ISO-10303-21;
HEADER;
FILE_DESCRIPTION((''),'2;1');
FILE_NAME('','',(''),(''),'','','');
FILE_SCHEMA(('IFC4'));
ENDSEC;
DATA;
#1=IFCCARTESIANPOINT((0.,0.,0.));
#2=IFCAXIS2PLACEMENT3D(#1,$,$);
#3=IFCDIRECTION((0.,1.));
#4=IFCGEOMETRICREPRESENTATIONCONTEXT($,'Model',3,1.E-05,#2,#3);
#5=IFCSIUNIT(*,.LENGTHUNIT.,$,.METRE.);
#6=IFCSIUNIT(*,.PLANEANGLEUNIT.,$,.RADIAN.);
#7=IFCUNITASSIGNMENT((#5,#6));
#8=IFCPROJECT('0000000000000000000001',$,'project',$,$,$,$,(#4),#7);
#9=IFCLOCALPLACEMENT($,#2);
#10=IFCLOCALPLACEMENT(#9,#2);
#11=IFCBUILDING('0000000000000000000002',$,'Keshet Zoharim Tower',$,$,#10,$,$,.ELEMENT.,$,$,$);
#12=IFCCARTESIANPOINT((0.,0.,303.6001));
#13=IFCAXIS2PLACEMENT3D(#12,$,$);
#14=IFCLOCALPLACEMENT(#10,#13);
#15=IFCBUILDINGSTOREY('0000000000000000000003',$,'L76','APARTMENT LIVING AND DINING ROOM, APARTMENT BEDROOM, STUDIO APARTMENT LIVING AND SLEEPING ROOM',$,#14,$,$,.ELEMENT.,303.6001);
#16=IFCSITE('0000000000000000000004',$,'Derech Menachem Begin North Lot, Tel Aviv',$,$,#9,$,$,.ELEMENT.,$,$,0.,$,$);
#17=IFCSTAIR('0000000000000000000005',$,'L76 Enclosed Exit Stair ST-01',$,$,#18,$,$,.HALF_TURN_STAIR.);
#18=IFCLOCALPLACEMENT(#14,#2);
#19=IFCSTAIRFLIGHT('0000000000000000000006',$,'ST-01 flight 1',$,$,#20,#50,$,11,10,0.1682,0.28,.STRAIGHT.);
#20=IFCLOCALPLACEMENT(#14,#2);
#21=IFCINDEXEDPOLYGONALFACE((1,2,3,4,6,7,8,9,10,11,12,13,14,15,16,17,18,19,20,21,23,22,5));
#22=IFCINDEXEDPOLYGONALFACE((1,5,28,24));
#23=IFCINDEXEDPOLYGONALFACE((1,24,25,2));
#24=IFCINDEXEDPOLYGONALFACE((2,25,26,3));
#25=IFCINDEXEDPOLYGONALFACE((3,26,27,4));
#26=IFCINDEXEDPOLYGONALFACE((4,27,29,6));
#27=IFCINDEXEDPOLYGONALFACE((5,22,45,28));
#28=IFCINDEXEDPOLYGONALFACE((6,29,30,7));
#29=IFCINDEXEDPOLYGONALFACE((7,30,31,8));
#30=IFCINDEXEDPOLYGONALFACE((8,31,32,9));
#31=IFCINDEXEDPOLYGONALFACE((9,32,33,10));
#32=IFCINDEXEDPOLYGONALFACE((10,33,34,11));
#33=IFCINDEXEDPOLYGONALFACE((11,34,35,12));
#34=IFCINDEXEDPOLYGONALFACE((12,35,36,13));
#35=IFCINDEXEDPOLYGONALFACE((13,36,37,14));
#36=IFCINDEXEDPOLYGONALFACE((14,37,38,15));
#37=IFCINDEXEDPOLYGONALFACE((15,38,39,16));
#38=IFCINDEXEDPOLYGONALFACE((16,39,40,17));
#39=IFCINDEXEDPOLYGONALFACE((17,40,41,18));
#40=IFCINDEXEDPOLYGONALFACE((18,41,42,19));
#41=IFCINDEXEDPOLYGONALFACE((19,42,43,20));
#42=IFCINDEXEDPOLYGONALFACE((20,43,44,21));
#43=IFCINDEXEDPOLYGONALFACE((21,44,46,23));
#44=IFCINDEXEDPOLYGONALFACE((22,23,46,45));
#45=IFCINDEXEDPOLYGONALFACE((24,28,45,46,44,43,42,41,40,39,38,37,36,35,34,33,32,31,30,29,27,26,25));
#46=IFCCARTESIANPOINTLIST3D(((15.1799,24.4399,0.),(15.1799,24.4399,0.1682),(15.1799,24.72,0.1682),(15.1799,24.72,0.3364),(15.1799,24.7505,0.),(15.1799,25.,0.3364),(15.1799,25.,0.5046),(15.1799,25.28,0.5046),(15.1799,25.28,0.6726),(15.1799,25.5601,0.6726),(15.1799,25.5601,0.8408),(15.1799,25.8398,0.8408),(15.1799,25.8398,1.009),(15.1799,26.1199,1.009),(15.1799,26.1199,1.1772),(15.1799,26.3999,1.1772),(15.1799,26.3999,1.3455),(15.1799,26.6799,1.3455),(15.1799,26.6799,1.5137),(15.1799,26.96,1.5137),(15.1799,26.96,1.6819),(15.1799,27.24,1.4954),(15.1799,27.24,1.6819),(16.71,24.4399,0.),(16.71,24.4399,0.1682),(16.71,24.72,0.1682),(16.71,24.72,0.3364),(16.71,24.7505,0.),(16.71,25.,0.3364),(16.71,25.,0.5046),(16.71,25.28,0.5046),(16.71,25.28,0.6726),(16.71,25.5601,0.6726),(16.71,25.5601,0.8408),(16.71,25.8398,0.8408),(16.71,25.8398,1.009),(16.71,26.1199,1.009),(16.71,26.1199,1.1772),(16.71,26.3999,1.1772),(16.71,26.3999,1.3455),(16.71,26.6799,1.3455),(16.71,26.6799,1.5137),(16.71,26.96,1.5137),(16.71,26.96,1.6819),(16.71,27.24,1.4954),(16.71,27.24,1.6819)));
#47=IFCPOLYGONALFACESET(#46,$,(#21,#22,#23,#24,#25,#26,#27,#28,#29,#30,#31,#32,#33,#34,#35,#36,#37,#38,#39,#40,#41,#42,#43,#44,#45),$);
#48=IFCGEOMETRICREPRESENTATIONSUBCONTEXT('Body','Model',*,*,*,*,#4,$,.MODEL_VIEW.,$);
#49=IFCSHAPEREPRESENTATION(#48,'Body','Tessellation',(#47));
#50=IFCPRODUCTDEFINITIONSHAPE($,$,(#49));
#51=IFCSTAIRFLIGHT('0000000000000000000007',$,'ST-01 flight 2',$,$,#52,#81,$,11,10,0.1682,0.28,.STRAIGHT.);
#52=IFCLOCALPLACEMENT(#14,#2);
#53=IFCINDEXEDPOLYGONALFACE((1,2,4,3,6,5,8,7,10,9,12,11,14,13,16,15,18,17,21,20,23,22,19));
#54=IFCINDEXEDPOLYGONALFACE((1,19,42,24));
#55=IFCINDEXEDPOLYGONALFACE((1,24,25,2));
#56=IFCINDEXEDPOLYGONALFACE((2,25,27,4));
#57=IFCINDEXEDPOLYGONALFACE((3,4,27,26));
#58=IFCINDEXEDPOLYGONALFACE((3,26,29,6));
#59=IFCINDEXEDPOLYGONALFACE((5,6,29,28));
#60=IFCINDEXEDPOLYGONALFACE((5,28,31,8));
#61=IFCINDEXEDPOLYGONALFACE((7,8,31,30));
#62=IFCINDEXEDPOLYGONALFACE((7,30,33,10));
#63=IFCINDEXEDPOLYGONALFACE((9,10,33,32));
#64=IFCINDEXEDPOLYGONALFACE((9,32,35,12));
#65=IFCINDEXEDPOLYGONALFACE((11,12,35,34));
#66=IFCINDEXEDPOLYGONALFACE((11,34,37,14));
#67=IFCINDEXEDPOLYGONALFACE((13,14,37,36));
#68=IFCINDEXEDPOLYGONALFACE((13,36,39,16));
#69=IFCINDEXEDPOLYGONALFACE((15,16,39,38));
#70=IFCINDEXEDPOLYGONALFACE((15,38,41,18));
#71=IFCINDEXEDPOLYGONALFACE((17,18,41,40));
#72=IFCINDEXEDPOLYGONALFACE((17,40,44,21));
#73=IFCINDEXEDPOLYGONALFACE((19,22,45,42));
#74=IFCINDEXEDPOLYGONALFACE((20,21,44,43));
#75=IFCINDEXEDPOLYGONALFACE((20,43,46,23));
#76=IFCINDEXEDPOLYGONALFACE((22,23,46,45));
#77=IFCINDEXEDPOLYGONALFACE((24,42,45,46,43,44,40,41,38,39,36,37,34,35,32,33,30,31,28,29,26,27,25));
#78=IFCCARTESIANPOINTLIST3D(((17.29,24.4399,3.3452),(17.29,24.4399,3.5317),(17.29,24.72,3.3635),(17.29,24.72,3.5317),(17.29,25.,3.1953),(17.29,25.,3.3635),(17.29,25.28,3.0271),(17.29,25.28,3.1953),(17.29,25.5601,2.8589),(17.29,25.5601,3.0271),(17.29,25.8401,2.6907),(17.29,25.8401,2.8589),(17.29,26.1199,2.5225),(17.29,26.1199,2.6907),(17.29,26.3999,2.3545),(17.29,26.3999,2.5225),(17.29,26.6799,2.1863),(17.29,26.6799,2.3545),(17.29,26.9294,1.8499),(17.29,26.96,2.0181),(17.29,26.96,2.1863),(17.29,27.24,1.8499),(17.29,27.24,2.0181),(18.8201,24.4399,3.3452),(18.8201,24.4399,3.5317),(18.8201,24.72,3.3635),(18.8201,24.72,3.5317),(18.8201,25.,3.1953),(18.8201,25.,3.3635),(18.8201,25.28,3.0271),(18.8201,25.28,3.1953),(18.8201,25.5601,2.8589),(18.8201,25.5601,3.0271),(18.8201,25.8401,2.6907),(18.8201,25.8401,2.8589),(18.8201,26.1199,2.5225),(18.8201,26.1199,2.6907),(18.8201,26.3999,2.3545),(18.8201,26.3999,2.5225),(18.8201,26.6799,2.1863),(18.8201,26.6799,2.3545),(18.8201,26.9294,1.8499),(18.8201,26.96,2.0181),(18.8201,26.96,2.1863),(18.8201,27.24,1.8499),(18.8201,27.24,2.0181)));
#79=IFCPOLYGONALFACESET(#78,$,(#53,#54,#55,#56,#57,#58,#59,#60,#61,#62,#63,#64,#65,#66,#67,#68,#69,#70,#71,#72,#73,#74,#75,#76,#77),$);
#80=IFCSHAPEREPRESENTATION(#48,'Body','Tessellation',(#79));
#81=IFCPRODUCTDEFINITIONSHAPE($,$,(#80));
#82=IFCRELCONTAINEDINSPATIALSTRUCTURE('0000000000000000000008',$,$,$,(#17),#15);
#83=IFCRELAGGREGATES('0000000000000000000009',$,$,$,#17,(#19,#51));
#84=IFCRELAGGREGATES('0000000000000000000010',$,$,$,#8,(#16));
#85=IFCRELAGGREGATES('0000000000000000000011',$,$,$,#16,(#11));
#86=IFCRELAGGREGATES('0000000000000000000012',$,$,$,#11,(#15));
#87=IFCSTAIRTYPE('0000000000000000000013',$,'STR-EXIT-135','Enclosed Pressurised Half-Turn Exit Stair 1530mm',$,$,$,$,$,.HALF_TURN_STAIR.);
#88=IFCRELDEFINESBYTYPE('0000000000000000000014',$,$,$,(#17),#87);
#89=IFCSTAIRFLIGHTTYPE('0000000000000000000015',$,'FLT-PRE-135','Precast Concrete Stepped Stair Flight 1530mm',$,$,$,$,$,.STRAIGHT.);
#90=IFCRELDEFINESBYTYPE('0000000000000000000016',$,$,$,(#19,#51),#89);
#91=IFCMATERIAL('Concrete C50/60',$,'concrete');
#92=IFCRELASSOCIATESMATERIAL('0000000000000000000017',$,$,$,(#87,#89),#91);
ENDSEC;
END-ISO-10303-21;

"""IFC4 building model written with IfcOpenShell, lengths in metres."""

from ifc_helpers import new_model, si_unit, direction, frame, origin, place, context, subcontext, project, spatial, polyline, outline, extrude, material, type_object, element, aggregate, save


model = new_model("IFC4")

# Units and contexts
model_context = context("Model", 3, precision=1e-05, world=origin(), true_north=direction((0.0, 1.0)))
body_context = subcontext(model_context, "Body", "Model", "MODEL_VIEW")
ifc_project = project(units=[si_unit("LENGTHUNIT", "METRE"), si_unit("PLANEANGLEUNIT", "RADIAN")], contexts=[model_context])

# Site, building, storey
site_placement = place(None, origin())
site = spatial("IfcSite", under=ifc_project, at=site_placement, Name="Derech Menachem Begin North Lot, Tel Aviv", CompositionType="ELEMENT", RefElevation=0.0)
building_placement = place(site_placement, origin())
building = spatial("IfcBuilding", under=site, at=building_placement, Name="Keshet Zoharim Tower", CompositionType="ELEMENT")
storey_placement = place(building_placement, frame((0.0, 0.0, 303.6001)))
storey = spatial("IfcBuildingStorey", under=building, at=storey_placement, Name="L76", Description="APARTMENT LIVING AND DINING ROOM, APARTMENT BEDROOM, STUDIO APARTMENT LIVING AND SLEEPING ROOM", CompositionType="ELEMENT", Elevation=303.6001)

# Shared definitions
ifc_material_1 = material(Name="Concrete C50/60", Category="concrete")

# Stair, stair flights
stair_type = type_object("IfcStairType", Name="STR-EXIT-135", Description="Enclosed Pressurised Half-Turn Exit Stair 1530mm", PredefinedType="HALF_TURN_STAIR", material=ifc_material_1)
stair_placement = place(storey_placement, origin())
stair = element("IfcStair", 1, at=stair_placement, inside=storey, type_object=stair_type, Name="L76 Enclosed Exit Stair ST-01", PredefinedType="HALF_TURN_STAIR")
stair_flight_type = type_object("IfcStairFlightType", Name="FLT-PRE-135", Description="Precast Concrete Stepped Stair Flight 1530mm", PredefinedType="STRAIGHT", material=ifc_material_1)
stair_flight_1_placement = place(storey_placement, frame((15.9451, 24.4399, 0.0), z_axis=(0.0, 0.0, 1.0), x_axis=(0.0, 1.0, 0.0)))
stair_flight_1 = element("IfcStairFlight", 2, at=stair_flight_1_placement, type_object=stair_flight_type, Name="ST-01 flight 1", NumberOfRisers=11, NumberOfTreads=10, PredefinedType="STRAIGHT", RiserHeight=0.1682, TreadLength=0.28, context=body_context, shape_type="SweptSolid", body=[
    extrude(outline(polyline([(0.0, 0.0), (0.0, 0.1682), (0.28, 0.1682), (0.28, 0.3364), (0.5601, 0.3364), (0.5601, 0.5046), (0.8401, 0.5046), (0.8401, 0.6726), (1.1201, 0.6726), (1.1201, 0.8408), (1.3999, 0.8408), (1.3999, 1.009), (1.6799, 1.009), (1.6799, 1.1772), (1.96, 1.1772), (1.96, 1.3455), (2.24, 1.3455), (2.24, 1.5137), (2.52, 1.5137), (2.52, 1.6819), (2.8, 1.6819), (2.8, 1.8501), (2.8, 1.4954), (0.3105, 0.0), (0.0, 0.0)])), frame((0.0, 0.7651, 0.0), z_axis=(0.0, -1.0, 0.0), x_axis=(1.0, 0.0, 0.0)), (0.0, 0.0, 1.0), 1.53),
])
stair_flight_2_placement = place(storey_placement, frame((18.0549, 27.24, 1.8499), z_axis=(0.0, 0.0, 1.0), x_axis=(0.0, -1.0, 0.0)))
stair_flight_2 = element("IfcStairFlight", 3, at=stair_flight_2_placement, type_object=stair_flight_type, Name="ST-01 flight 2", NumberOfRisers=11, NumberOfTreads=10, PredefinedType="STRAIGHT", RiserHeight=0.1682, TreadLength=0.28, context=body_context, shape_type="SweptSolid", body=[
    extrude(outline(polyline([(0.0, 0.0), (0.0, 0.1682), (0.28, 0.1682), (0.28, 0.3364), (0.5601, 0.3364), (0.5601, 0.5046), (0.8401, 0.5046), (0.8401, 0.6726), (1.1201, 0.6726), (1.1201, 0.8408), (1.3999, 0.8408), (1.3999, 1.009), (1.6799, 1.009), (1.6799, 1.1772), (1.96, 1.1772), (1.96, 1.3455), (2.24, 1.3455), (2.24, 1.5137), (2.52, 1.5137), (2.52, 1.6819), (2.8, 1.6819), (2.8, 1.8501), (2.8, 1.4954), (0.3105, 0.0), (0.0, 0.0)])), frame((0.0, 0.7651, 0.0), z_axis=(0.0, -1.0, 0.0), x_axis=(1.0, 0.0, 0.0)), (0.0, 0.0, 1.0), 1.53),
])
aggregate(stair, [stair_flight_1, stair_flight_2])

save(model, "model.ifc")
